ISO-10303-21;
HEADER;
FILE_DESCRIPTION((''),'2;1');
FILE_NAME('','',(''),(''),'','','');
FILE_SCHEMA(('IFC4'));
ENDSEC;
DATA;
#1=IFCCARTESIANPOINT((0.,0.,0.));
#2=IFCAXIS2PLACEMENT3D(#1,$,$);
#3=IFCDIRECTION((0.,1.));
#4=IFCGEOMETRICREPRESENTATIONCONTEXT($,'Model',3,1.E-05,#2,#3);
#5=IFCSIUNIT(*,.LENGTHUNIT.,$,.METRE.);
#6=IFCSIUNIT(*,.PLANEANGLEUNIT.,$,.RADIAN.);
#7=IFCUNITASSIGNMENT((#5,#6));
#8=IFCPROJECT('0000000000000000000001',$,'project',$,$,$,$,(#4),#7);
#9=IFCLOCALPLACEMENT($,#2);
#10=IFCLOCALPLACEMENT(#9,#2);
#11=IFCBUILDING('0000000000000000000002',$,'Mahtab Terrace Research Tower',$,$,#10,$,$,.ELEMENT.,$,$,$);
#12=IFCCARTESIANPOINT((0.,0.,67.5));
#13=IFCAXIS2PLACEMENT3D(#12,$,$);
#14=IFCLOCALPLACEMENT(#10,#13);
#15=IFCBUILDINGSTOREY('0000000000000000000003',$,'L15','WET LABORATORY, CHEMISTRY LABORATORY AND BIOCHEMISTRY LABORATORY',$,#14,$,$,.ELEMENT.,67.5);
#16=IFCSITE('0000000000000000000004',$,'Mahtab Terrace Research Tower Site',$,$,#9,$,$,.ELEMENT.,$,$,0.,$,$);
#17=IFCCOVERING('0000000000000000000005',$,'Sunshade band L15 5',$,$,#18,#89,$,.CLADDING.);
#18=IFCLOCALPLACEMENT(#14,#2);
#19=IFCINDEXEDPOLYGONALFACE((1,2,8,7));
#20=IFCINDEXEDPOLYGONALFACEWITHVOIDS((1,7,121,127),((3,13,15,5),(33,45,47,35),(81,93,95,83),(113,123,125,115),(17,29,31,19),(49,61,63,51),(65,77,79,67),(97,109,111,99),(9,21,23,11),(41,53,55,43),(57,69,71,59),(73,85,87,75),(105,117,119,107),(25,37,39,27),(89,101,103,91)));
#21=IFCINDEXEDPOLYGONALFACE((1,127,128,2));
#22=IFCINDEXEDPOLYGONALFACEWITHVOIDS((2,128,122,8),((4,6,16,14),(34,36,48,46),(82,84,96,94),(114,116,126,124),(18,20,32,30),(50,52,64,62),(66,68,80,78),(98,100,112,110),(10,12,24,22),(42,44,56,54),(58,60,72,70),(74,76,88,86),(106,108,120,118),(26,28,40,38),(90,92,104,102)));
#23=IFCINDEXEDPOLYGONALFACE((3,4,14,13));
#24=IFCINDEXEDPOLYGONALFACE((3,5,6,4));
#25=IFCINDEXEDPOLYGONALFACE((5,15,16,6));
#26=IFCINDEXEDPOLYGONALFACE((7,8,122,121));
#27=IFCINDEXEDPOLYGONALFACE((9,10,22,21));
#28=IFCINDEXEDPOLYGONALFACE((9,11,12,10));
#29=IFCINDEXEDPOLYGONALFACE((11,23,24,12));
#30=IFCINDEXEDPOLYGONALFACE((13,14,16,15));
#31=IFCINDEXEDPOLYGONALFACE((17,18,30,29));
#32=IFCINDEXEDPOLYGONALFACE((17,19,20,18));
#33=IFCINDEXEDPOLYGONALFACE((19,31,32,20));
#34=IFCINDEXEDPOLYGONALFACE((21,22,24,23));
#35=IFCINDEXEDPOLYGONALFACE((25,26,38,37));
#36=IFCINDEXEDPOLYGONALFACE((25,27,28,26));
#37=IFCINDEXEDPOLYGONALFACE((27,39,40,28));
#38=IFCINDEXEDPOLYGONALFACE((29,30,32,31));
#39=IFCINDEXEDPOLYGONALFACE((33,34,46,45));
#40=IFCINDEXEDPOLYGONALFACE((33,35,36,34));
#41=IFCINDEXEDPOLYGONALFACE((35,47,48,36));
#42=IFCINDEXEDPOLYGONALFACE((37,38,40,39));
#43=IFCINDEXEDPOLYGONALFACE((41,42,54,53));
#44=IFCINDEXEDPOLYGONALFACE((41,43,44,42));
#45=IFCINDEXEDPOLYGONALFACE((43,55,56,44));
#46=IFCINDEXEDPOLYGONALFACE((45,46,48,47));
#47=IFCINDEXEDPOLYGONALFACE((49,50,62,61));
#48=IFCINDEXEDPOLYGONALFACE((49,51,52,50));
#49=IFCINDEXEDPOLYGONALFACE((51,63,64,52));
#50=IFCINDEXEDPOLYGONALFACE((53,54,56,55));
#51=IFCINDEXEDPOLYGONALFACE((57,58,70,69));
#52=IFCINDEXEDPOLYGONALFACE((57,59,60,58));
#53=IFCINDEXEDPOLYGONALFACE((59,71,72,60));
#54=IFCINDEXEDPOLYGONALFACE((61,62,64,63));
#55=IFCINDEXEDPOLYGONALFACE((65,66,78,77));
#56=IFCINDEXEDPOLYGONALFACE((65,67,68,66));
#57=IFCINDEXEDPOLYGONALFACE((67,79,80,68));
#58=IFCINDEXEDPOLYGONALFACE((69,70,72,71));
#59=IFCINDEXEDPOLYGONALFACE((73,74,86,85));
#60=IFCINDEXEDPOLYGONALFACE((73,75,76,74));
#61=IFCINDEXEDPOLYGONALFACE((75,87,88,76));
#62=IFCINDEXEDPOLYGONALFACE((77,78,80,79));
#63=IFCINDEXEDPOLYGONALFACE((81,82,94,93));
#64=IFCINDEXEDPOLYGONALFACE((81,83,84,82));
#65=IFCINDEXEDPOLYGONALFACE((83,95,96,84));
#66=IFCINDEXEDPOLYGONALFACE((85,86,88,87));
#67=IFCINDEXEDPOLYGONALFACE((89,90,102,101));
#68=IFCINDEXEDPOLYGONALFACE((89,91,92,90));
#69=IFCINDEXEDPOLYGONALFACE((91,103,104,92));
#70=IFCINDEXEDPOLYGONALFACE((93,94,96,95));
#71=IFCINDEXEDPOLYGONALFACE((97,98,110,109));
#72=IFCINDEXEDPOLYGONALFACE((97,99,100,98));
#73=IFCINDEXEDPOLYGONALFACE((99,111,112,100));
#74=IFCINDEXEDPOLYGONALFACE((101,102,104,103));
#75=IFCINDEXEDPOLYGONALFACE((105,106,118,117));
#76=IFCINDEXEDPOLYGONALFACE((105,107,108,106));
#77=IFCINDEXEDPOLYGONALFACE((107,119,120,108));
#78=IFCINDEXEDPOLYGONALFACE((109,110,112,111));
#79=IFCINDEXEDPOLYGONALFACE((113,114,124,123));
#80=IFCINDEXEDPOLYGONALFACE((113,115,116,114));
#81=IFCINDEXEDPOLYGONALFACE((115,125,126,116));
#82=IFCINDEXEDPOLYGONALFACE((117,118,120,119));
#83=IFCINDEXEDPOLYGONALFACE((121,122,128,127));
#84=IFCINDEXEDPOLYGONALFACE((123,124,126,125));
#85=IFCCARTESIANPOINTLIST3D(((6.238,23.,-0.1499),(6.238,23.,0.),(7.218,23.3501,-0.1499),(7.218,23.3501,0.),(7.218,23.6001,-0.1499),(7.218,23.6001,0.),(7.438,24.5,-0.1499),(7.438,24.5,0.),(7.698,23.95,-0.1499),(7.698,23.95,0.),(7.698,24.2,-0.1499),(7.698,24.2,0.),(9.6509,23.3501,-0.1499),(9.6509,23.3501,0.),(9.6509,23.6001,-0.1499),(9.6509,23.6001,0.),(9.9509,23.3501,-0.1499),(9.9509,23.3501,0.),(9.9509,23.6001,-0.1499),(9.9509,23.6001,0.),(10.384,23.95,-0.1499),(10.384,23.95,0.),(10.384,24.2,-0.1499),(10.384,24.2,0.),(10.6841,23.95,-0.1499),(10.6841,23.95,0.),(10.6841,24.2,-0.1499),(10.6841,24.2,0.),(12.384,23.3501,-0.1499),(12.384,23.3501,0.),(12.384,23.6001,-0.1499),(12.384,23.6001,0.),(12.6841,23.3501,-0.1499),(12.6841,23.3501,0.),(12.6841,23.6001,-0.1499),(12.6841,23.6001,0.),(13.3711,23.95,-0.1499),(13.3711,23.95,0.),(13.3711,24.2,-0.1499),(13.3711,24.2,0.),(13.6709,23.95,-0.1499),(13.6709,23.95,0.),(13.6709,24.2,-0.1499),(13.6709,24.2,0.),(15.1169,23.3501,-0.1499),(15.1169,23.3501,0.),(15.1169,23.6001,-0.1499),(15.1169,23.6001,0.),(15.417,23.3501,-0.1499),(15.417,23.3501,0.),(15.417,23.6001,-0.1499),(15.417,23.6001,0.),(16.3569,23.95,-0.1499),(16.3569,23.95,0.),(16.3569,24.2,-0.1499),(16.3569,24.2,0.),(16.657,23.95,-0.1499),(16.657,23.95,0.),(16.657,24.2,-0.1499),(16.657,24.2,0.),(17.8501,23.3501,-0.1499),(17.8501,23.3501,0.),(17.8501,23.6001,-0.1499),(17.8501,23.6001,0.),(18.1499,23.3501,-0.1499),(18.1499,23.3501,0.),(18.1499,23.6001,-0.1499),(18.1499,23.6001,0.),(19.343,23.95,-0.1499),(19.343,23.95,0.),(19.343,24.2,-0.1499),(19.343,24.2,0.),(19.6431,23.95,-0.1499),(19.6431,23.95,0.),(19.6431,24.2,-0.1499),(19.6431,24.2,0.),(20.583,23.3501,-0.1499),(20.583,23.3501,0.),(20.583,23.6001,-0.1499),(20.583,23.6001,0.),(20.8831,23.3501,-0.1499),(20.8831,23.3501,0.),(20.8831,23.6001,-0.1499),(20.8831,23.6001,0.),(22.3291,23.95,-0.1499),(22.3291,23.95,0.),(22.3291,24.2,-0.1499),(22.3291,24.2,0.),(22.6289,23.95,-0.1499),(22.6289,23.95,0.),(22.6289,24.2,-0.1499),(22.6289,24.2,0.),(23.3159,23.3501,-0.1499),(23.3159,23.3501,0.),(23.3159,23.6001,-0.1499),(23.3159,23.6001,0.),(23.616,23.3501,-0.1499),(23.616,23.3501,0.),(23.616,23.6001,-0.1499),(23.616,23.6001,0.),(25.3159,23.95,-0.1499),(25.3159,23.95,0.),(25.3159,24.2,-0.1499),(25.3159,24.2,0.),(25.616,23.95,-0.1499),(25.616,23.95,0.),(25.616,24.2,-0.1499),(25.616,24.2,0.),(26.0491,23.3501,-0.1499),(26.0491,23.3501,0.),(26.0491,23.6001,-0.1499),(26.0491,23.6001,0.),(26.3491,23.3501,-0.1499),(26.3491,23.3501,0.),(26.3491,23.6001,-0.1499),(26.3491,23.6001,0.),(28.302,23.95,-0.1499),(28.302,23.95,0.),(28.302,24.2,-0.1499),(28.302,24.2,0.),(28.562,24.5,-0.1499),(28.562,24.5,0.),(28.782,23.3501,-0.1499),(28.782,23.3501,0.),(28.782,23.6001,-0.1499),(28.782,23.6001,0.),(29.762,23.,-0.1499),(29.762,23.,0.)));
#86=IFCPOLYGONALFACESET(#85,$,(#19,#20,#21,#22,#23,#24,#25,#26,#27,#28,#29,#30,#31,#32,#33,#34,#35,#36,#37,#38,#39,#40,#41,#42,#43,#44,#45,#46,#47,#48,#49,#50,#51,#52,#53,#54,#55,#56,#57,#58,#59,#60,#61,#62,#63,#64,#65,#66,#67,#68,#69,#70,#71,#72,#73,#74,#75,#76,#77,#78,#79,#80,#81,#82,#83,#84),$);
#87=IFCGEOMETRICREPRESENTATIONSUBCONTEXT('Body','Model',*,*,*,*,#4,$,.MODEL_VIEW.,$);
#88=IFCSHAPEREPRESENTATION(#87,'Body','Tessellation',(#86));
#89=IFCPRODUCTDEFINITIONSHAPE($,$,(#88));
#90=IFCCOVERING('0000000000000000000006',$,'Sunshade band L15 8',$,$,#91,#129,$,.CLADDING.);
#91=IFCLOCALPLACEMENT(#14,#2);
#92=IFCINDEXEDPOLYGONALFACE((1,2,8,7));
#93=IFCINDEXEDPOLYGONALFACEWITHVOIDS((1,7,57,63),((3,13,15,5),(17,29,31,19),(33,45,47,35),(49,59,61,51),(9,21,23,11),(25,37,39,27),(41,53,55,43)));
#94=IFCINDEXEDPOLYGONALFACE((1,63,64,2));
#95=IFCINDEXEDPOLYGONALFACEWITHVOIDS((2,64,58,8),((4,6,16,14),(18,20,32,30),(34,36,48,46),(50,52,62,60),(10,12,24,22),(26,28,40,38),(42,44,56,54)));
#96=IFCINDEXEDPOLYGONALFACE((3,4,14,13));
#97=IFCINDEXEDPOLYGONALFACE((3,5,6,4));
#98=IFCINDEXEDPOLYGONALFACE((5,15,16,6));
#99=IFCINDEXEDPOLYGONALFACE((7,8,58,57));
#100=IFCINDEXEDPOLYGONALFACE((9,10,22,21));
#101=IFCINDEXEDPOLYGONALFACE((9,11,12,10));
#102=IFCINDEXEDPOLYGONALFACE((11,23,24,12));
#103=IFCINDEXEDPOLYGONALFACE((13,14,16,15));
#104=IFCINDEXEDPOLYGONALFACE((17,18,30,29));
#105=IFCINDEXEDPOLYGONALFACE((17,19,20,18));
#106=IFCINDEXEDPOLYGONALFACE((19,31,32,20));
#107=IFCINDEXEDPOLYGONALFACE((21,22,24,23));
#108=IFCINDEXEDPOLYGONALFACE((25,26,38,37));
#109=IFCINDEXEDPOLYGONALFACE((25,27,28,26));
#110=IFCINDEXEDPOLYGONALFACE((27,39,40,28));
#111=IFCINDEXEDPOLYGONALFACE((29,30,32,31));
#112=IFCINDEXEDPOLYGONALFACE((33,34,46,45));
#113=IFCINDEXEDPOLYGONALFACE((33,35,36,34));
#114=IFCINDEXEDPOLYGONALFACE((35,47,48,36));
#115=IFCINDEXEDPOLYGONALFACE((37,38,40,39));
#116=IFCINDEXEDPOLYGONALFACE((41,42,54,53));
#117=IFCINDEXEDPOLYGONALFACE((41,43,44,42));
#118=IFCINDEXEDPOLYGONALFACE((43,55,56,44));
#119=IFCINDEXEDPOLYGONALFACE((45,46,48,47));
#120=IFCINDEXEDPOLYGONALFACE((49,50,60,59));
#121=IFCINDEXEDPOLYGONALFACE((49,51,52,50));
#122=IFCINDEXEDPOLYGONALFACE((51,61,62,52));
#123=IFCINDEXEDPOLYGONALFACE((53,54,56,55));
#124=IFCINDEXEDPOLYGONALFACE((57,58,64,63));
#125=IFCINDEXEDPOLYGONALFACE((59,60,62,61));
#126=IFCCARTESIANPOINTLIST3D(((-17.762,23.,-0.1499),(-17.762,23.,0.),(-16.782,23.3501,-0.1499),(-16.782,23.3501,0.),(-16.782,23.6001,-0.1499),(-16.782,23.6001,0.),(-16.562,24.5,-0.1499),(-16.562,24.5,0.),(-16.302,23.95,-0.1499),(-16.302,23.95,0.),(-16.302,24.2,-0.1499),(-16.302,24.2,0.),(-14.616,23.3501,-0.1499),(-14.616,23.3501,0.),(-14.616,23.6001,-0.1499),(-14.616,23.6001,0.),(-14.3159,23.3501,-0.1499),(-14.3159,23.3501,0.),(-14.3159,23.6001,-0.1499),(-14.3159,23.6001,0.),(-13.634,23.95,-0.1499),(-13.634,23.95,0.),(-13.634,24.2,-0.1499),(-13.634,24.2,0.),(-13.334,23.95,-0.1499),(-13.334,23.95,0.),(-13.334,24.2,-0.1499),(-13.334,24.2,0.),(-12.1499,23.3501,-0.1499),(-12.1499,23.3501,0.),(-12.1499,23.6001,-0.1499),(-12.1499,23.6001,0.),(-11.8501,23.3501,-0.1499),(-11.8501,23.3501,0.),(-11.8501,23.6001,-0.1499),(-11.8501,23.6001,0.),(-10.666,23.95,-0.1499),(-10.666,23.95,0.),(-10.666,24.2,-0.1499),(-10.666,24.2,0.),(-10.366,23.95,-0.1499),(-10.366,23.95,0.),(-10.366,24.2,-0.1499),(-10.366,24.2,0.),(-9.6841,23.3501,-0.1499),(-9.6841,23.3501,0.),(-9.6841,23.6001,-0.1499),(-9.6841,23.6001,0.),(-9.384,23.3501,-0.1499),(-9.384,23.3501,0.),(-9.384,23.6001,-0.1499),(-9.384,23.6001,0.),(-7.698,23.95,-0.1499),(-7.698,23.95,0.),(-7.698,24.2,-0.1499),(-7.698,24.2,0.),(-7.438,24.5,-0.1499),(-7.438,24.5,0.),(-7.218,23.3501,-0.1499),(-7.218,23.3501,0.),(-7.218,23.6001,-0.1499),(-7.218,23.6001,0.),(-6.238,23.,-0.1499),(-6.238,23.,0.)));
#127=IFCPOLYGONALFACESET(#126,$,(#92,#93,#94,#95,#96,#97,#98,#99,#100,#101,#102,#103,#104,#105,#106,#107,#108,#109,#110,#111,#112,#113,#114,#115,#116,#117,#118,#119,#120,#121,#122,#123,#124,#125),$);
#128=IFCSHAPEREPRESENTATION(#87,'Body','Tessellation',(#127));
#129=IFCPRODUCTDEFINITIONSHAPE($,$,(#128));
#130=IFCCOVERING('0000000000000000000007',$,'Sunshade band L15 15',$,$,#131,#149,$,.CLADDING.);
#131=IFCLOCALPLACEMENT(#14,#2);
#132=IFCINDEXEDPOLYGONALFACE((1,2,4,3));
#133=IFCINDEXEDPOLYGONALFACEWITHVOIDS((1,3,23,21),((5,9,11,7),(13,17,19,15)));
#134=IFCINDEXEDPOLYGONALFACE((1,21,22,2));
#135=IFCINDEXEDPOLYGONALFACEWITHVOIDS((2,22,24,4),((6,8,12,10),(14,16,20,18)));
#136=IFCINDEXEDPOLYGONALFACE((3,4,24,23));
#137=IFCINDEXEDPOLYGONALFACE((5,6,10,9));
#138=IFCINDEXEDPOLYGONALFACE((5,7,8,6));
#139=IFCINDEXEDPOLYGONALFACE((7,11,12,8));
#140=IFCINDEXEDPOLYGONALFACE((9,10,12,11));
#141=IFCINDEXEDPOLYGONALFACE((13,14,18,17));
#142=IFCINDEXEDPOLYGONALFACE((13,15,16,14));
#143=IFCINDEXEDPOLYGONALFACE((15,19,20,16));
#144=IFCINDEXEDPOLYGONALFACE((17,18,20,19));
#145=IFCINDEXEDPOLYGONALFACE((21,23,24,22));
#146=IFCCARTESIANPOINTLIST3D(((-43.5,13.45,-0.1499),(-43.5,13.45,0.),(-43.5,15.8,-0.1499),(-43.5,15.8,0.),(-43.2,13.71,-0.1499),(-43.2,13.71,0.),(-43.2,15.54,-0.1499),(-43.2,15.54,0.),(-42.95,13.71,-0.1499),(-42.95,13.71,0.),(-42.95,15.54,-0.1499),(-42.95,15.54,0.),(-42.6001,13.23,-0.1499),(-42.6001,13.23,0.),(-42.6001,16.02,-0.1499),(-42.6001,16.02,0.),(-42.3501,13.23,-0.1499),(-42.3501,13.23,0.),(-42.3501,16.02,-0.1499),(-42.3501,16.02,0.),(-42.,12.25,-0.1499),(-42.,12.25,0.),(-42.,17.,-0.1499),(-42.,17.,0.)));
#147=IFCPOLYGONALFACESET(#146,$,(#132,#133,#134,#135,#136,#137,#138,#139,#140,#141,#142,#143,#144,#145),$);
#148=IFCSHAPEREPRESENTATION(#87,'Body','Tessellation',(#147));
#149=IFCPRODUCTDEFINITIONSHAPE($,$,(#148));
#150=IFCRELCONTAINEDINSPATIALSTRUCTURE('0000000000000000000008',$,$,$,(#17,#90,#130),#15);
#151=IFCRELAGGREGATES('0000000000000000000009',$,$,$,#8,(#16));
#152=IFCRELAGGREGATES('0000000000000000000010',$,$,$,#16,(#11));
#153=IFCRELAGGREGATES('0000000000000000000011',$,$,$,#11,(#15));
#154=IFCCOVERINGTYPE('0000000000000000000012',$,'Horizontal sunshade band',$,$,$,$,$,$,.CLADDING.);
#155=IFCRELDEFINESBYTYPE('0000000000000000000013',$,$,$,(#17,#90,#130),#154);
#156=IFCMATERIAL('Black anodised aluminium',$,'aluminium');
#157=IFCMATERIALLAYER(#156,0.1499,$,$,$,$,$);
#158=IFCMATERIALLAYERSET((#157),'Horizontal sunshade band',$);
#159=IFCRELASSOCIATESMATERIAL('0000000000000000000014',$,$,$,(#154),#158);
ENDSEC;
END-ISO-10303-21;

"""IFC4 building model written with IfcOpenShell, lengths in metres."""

from ifc_helpers import new_model, si_unit, direction, frame, origin, place, context, subcontext, project, spatial, polyline, outline, extrude, material, layer, layer_set, type_object, element, save


model = new_model("IFC4")

# Units and contexts
model_context = context("Model", 3, precision=1e-05, world=origin(), true_north=direction((0.0, 1.0)))
body_context = subcontext(model_context, "Body", "Model", "MODEL_VIEW")
ifc_project = project(units=[si_unit("LENGTHUNIT", "METRE"), si_unit("PLANEANGLEUNIT", "RADIAN")], contexts=[model_context])

# Site, building, storey
site_placement = place(None, origin())
site = spatial("IfcSite", under=ifc_project, at=site_placement, Name="Mahtab Terrace Research Tower Site", CompositionType="ELEMENT", RefElevation=0.0)
building_placement = place(site_placement, origin())
building = spatial("IfcBuilding", under=site, at=building_placement, Name="Mahtab Terrace Research Tower", CompositionType="ELEMENT")
storey_placement = place(building_placement, frame((0.0, 0.0, 67.5)))
storey = spatial("IfcBuildingStorey", under=building, at=storey_placement, Name="L15", Description="WET LABORATORY, CHEMISTRY LABORATORY AND BIOCHEMISTRY LABORATORY", CompositionType="ELEMENT", Elevation=67.5)

# Coverings
ifc_material_1 = material(Name="Black anodised aluminium", Category="aluminium")
ifc_layer_1 = layer(ifc_material_1, 0.1499)
ifc_layer_set_1 = layer_set([ifc_layer_1], Name="Horizontal sunshade band")
covering_type = type_object("IfcCoveringType", Name="Horizontal sunshade band", PredefinedType="CLADDING", material=ifc_layer_set_1)
covering_1_placement = place(storey_placement, frame((0.0, 0.0, -0.1499)))
element("IfcCovering", 1, at=covering_1_placement, inside=storey, type_object=covering_type, Name="Sunshade band L15 5", PredefinedType="CLADDING", context=body_context, shape_type="SweptSolid", body=[
    extrude(outline(polyline([(29.762, 23.0), (6.238, 23.0), (7.438, 24.5), (28.562, 24.5), (29.762, 23.0)]), holes=[polyline([(28.782, 23.3501), (26.3491, 23.3501), (26.3491, 23.6001), (28.782, 23.6001), (28.782, 23.3501)]), polyline([(26.0491, 23.3501), (23.616, 23.3501), (23.616, 23.6001), (26.0491, 23.6001), (26.0491, 23.3501)]), polyline([(23.3159, 23.3501), (20.8831, 23.3501), (20.8831, 23.6001), (23.3159, 23.6001), (23.3159, 23.3501)]), polyline([(20.583, 23.3501), (18.1499, 23.3501), (18.1499, 23.6001), (20.583, 23.6001), (20.583, 23.3501)]), polyline([(17.8501, 23.3501), (15.417, 23.3501), (15.417, 23.6001), (17.8501, 23.6001), (17.8501, 23.3501)]), polyline([(15.1169, 23.3501), (12.6841, 23.3501), (12.6841, 23.6001), (15.1169, 23.6001), (15.1169, 23.3501)]), polyline([(12.384, 23.3501), (9.9509, 23.3501), (9.9509, 23.6001), (12.384, 23.6001), (12.384, 23.3501)]), polyline([(9.6509, 23.3501), (7.218, 23.3501), (7.218, 23.6001), (9.6509, 23.6001), (9.6509, 23.3501)]), polyline([(28.302, 23.95), (25.616, 23.95), (25.616, 24.2), (28.302, 24.2), (28.302, 23.95)]), polyline([(25.3159, 23.95), (22.6289, 23.95), (22.6289, 24.2), (25.3159, 24.2), (25.3159, 23.95)]), polyline([(22.3291, 23.95), (19.6431, 23.95), (19.6431, 24.2), (22.3291, 24.2), (22.3291, 23.95)]), polyline([(19.343, 23.95), (16.657, 23.95), (16.657, 24.2), (19.343, 24.2), (19.343, 23.95)]), polyline([(16.3569, 23.95), (13.6709, 23.95), (13.6709, 24.2), (16.3569, 24.2), (16.3569, 23.95)]), polyline([(13.3711, 23.95), (10.6841, 23.95), (10.6841, 24.2), (13.3711, 24.2), (13.3711, 23.95)]), polyline([(10.384, 23.95), (7.698, 23.95), (7.698, 24.2), (10.384, 24.2), (10.384, 23.95)])]), origin(), (0.0, 0.0, 1.0), 0.1499),
])
covering_2_placement = place(storey_placement, frame((0.0, 0.0, -0.1499)))
element("IfcCovering", 2, at=covering_2_placement, inside=storey, type_object=covering_type, Name="Sunshade band L15 8", PredefinedType="CLADDING", context=body_context, shape_type="SweptSolid", body=[
    extrude(outline(polyline([(-6.238, 23.0), (-17.762, 23.0), (-16.562, 24.5), (-7.438, 24.5), (-6.238, 23.0)]), holes=[polyline([(-7.218, 23.3501), (-9.384, 23.3501), (-9.384, 23.6001), (-7.218, 23.6001), (-7.218, 23.3501)]), polyline([(-9.6841, 23.3501), (-11.8501, 23.3501), (-11.8501, 23.6001), (-9.6841, 23.6001), (-9.6841, 23.3501)]), polyline([(-12.1499, 23.3501), (-14.3159, 23.3501), (-14.3159, 23.6001), (-12.1499, 23.6001), (-12.1499, 23.3501)]), polyline([(-14.616, 23.3501), (-16.782, 23.3501), (-16.782, 23.6001), (-14.616, 23.6001), (-14.616, 23.3501)]), polyline([(-7.698, 23.95), (-10.366, 23.95), (-10.366, 24.2), (-7.698, 24.2), (-7.698, 23.95)]), polyline([(-10.666, 23.95), (-13.334, 23.95), (-13.334, 24.2), (-10.666, 24.2), (-10.666, 23.95)]), polyline([(-13.634, 23.95), (-16.302, 23.95), (-16.302, 24.2), (-13.634, 24.2), (-13.634, 23.95)])]), origin(), (0.0, 0.0, 1.0), 0.1499),
])
covering_3_placement = place(storey_placement, frame((0.0, 0.0, -0.1499)))
element("IfcCovering", 3, at=covering_3_placement, inside=storey, type_object=covering_type, Name="Sunshade band L15 15", PredefinedType="CLADDING", context=body_context, shape_type="SweptSolid", body=[
    extrude(outline(polyline([(-42.0, 17.0), (-42.0, 12.25), (-43.5, 13.45), (-43.5, 15.8), (-42.0, 17.0)]), holes=[polyline([(-42.3501, 16.02), (-42.3501, 13.23), (-42.6001, 13.23), (-42.6001, 16.02), (-42.3501, 16.02)]), polyline([(-42.95, 15.54), (-42.95, 13.71), (-43.2, 13.71), (-43.2, 15.54), (-42.95, 15.54)])]), origin(), (0.0, 0.0, 1.0), 0.1499),
])

save(model, "model.ifc")
